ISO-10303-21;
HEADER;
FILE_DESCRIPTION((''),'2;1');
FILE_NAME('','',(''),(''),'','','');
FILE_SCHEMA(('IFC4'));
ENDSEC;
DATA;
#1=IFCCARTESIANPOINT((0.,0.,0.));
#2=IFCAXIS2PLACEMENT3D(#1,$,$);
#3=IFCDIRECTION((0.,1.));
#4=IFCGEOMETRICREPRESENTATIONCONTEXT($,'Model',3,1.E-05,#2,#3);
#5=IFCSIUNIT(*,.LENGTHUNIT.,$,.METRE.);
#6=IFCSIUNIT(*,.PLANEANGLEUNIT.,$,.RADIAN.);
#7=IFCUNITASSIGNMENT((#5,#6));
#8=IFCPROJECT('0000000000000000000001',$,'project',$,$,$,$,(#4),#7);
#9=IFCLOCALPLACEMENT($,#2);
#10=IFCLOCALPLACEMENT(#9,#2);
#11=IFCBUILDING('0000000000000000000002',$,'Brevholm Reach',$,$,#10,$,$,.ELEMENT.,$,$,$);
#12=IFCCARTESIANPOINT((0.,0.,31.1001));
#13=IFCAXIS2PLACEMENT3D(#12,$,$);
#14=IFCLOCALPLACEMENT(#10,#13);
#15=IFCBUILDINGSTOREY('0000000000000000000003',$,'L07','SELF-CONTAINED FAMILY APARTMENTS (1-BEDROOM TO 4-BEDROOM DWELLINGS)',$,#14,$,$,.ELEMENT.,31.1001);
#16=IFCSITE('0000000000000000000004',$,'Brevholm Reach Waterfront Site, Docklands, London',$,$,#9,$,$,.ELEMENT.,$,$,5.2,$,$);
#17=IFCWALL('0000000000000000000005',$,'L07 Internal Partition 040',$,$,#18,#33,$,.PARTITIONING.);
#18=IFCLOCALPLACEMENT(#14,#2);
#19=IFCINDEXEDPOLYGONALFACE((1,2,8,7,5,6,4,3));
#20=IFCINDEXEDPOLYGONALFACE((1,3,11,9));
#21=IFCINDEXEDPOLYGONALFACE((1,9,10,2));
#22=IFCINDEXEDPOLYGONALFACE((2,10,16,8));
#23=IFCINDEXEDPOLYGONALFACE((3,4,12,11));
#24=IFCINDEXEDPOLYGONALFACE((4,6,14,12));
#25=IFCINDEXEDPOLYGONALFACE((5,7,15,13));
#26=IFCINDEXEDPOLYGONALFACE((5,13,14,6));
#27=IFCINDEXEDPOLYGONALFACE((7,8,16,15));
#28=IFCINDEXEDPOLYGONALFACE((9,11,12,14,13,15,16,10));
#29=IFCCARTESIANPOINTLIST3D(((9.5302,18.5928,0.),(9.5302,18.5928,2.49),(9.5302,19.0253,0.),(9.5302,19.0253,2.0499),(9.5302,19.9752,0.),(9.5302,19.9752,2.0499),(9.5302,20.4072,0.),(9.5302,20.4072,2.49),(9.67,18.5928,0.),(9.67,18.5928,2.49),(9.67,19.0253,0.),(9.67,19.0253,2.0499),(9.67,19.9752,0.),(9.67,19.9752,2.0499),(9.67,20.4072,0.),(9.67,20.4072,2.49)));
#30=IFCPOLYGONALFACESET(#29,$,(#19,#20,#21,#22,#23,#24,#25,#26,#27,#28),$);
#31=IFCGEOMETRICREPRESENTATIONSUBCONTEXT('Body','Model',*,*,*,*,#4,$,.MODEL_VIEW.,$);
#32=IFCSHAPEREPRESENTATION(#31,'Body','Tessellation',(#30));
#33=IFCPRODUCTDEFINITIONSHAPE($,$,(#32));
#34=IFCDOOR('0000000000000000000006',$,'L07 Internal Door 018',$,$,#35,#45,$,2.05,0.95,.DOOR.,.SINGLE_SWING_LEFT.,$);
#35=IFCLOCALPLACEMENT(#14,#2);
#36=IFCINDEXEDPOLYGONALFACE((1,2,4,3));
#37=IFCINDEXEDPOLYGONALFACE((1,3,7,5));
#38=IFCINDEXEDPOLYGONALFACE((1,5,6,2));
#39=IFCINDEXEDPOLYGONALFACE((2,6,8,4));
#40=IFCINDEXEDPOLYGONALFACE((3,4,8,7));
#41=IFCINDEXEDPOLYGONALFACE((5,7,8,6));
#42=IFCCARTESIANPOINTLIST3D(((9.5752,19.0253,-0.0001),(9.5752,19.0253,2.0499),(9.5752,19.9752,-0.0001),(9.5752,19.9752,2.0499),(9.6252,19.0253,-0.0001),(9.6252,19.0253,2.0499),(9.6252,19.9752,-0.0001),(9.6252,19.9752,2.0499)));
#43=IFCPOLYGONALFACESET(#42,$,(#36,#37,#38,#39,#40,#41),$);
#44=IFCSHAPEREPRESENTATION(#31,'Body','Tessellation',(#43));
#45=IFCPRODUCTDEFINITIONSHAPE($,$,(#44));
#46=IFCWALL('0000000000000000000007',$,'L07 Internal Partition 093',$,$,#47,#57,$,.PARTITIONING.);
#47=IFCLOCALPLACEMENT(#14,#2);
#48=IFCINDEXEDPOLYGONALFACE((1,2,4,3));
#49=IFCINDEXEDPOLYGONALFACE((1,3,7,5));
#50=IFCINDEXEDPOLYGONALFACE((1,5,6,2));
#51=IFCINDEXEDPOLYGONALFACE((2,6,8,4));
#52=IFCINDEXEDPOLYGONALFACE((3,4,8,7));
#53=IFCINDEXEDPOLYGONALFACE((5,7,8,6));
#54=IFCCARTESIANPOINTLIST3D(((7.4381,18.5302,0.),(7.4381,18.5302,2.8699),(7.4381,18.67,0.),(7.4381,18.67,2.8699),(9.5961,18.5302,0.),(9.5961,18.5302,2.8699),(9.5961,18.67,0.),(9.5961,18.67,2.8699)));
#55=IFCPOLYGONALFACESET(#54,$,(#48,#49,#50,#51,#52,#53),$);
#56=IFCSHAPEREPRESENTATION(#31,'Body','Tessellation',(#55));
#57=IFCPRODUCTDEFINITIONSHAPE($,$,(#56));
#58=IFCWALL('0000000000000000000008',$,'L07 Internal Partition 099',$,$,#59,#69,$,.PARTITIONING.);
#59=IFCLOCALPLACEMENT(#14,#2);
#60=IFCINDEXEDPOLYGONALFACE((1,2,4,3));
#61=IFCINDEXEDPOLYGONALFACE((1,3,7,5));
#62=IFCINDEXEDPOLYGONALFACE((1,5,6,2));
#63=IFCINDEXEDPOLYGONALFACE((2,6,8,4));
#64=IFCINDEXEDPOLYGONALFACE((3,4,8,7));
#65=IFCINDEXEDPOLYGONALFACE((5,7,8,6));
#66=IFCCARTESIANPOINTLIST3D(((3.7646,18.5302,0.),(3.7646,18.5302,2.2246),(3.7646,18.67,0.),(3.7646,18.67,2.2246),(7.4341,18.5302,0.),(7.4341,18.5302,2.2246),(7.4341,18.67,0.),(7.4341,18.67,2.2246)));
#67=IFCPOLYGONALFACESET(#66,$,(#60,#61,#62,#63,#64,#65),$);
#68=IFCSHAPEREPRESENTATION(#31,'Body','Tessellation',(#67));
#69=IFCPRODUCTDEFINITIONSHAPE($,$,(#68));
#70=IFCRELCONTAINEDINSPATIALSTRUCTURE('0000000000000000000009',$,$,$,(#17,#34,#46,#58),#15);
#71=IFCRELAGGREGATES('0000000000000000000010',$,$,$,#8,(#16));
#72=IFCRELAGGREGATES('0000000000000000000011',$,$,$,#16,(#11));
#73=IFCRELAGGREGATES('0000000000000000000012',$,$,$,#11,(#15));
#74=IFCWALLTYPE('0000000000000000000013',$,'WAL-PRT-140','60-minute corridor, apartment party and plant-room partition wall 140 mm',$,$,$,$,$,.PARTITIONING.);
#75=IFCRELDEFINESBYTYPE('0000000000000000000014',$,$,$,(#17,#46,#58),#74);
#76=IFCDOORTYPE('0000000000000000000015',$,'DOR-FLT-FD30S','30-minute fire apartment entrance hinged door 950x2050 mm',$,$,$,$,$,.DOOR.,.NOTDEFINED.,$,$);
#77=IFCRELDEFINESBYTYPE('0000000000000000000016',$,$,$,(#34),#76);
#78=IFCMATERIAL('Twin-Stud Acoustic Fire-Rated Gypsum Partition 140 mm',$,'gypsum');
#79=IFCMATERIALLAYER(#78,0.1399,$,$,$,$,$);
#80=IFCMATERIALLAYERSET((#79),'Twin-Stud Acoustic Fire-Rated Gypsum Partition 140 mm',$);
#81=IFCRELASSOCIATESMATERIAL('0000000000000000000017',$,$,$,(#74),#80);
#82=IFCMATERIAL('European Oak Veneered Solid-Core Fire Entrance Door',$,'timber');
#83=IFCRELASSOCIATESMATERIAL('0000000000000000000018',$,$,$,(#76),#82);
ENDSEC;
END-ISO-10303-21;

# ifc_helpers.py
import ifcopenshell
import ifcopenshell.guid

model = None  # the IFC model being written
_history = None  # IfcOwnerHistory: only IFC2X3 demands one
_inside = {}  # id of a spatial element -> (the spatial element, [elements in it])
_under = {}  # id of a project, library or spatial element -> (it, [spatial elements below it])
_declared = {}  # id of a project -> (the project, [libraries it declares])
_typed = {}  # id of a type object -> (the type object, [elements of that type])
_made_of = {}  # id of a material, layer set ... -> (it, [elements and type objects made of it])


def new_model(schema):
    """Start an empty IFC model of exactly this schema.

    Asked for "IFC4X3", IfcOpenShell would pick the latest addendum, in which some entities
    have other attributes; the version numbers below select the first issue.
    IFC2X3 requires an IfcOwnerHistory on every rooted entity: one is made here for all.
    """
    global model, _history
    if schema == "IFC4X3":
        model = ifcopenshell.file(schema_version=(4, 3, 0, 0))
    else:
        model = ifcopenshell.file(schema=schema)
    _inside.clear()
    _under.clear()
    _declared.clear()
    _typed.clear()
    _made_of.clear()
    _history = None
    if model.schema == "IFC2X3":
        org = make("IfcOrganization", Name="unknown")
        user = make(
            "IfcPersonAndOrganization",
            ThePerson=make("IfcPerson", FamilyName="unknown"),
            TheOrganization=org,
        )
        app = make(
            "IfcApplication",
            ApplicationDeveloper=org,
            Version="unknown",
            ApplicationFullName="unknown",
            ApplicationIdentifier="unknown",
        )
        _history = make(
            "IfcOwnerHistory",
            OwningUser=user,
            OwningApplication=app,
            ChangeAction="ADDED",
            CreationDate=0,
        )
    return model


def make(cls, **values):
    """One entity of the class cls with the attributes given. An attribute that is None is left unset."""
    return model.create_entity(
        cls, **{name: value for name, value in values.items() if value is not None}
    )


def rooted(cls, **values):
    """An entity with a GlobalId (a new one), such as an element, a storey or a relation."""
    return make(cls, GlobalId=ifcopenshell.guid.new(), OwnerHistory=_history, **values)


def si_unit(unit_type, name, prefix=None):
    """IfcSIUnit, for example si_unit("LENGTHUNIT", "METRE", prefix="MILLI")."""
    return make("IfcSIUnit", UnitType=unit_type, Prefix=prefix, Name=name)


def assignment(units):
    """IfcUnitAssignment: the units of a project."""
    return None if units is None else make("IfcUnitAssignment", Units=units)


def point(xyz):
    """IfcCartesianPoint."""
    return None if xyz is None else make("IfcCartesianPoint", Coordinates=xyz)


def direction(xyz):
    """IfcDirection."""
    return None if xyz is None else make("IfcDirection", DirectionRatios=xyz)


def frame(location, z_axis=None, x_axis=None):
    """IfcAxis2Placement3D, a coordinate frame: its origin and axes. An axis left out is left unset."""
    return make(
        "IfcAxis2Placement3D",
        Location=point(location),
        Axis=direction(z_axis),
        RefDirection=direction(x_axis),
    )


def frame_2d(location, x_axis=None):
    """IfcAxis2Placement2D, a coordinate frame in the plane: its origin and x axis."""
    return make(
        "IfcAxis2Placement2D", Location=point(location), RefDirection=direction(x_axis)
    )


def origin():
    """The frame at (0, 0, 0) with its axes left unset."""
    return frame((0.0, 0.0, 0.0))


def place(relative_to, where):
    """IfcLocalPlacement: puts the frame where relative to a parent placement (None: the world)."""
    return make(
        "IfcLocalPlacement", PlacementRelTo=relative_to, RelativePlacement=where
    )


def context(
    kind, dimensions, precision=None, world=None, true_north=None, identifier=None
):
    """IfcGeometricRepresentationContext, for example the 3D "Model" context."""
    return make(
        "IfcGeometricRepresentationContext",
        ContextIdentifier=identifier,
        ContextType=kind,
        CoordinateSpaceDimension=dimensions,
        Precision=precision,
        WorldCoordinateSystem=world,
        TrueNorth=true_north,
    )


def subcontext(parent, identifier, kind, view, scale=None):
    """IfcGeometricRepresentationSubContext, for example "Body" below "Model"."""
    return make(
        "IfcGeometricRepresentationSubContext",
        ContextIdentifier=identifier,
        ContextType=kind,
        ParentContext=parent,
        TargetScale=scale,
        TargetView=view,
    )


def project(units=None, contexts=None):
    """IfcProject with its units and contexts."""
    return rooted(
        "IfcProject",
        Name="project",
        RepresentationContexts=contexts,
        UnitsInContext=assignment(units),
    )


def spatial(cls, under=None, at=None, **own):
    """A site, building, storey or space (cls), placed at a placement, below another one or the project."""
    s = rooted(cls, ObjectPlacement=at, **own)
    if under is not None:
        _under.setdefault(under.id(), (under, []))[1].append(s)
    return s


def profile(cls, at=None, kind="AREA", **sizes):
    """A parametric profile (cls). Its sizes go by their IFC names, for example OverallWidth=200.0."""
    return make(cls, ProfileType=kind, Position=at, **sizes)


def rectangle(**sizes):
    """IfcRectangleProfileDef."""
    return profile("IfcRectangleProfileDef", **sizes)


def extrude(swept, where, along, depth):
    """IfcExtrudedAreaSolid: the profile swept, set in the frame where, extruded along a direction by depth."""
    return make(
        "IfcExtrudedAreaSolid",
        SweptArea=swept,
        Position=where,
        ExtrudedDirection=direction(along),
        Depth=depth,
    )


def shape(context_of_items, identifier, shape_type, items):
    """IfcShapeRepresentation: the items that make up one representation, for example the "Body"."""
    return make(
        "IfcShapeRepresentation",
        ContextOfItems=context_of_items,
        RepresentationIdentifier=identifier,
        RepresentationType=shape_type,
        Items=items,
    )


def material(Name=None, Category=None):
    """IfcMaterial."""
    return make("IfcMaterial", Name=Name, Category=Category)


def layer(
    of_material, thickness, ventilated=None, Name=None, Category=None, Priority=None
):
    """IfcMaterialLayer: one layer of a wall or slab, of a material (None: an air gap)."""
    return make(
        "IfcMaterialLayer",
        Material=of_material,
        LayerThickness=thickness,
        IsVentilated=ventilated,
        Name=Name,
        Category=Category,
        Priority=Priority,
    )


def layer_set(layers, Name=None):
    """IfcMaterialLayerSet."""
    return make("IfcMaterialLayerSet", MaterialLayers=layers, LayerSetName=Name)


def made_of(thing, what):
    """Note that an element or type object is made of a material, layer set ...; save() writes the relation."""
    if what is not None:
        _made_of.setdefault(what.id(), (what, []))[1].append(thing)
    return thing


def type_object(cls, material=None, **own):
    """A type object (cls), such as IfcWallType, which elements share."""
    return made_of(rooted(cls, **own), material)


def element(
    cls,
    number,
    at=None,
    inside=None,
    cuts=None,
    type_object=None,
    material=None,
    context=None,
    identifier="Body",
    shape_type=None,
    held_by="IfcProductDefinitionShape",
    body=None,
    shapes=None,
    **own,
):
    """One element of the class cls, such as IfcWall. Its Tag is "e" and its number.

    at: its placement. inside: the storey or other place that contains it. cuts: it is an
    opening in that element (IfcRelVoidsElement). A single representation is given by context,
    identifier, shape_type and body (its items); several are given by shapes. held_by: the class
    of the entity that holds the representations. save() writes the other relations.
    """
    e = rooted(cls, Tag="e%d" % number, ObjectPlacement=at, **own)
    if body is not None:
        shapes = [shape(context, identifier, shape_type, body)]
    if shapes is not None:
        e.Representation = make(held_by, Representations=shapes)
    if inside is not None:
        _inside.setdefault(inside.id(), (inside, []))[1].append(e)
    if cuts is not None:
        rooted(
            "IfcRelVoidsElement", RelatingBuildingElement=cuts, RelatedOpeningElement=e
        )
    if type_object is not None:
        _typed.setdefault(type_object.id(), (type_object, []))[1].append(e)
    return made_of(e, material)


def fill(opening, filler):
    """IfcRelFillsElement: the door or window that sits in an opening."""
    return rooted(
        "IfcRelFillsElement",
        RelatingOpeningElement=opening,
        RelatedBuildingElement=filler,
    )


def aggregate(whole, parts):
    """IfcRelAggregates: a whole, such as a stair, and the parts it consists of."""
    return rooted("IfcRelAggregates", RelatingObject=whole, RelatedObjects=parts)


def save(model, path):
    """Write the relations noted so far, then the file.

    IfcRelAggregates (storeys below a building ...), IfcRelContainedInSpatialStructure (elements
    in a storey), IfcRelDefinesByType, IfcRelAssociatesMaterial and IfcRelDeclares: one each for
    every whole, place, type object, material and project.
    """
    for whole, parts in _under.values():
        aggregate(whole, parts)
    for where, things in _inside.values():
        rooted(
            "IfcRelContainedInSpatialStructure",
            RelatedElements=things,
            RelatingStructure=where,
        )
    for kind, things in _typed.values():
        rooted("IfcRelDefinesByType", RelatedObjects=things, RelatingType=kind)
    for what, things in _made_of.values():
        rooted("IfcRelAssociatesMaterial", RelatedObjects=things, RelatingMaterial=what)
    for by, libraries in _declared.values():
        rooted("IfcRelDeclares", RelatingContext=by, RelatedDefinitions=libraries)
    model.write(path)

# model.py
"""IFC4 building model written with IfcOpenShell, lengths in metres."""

from ifc_helpers import new_model, si_unit, direction, frame, frame_2d, origin, place, context, subcontext, project, spatial, rectangle, extrude, material, layer, layer_set, type_object, element, fill, save


model = new_model("IFC4")

# Units and contexts
model_context = context("Model", 3, precision=1e-05, world=origin(), true_north=direction((0.0, 1.0)))
body_context = subcontext(model_context, "Body", "Model", "MODEL_VIEW")
ifc_project = project(units=[si_unit("LENGTHUNIT", "METRE"), si_unit("PLANEANGLEUNIT", "RADIAN")], contexts=[model_context])

# Site, building, storey
site_placement = place(None, origin())
site = spatial("IfcSite", under=ifc_project, at=site_placement, Name="Brevholm Reach Waterfront Site, Docklands, London", CompositionType="ELEMENT", RefElevation=5.2)
building_placement = place(site_placement, origin())
building = spatial("IfcBuilding", under=site, at=building_placement, Name="Brevholm Reach", CompositionType="ELEMENT")
storey_placement = place(building_placement, frame((0.0, 0.0, 31.1001)))
storey = spatial("IfcBuildingStorey", under=building, at=storey_placement, Name="L07", Description="SELF-CONTAINED FAMILY APARTMENTS (1-BEDROOM TO 4-BEDROOM DWELLINGS)", CompositionType="ELEMENT", Elevation=31.1001)

# Shared definitions
ifc_material_1 = material(Name="Twin-Stud Acoustic Fire-Rated Gypsum Partition 140 mm", Category="gypsum")
ifc_layer_1 = layer(ifc_material_1, 0.1399)
ifc_layer_set_1 = layer_set([ifc_layer_1], Name="Twin-Stud Acoustic Fire-Rated Gypsum Partition 140 mm")
wall_type_1 = type_object("IfcWallType", Name="WAL-PRT-140", Description="60-minute corridor, apartment party and plant-room partition wall 140 mm", PredefinedType="PARTITIONING", material=ifc_layer_set_1)

# Wall, opening, door
wall_1_placement = place(storey_placement, frame((9.6001, 18.5928, 0.0), z_axis=(0.0, 0.0, 1.0), x_axis=(0.0, 1.0, 0.0)))
wall_1 = element("IfcWall", 1, at=wall_1_placement, inside=storey, type_object=wall_type_1, Name="L07 Internal Partition 040", PredefinedType="PARTITIONING", context=body_context, shape_type="SweptSolid", body=[
    extrude(rectangle(XDim=1.8145, YDim=0.1399, at=frame_2d((0.9072, 0.0))), origin(), (0.0, 0.0, 1.0), 2.49),
])
opening_1_placement = place(wall_1_placement, frame((0.4324, 0.0, 0.0)))
opening_1 = element("IfcOpeningElement", 2, at=opening_1_placement, cuts=wall_1, PredefinedType="OPENING", context=body_context, shape_type="SweptSolid", body=[
    extrude(rectangle(XDim=0.95, YDim=2.05, at=frame_2d((0.4751, 1.0249))), frame((0.0, 0.0798, 0.0), z_axis=(0.0, -1.0, 0.0), x_axis=(1.0, 0.0, 0.0)), (0.0, 0.0, 1.0), 0.1599),
])
ifc_material_2 = material(Name="European Oak Veneered Solid-Core Fire Entrance Door", Category="timber")
door_type_1 = type_object("IfcDoorType", Name="DOR-FLT-FD30S", Description="30-minute fire apartment entrance hinged door 950x2050 mm", OperationType="NOTDEFINED", PredefinedType="DOOR", material=ifc_material_2)
door_1_placement = place(opening_1_placement, origin())
door_1 = element("IfcDoor", 3, at=door_1_placement, inside=storey, type_object=door_type_1, Name="L07 Internal Door 018", OperationType="SINGLE_SWING_LEFT", OverallHeight=2.05, OverallWidth=0.95, PredefinedType="DOOR", context=body_context, shape_type="SweptSolid", body=[
    extrude(rectangle(XDim=0.95, YDim=2.05, at=frame_2d((0.4751, 1.0249))), frame((0.0, 0.0249, 0.0), z_axis=(0.0, -1.0, 0.0), x_axis=(1.0, 0.0, 0.0)), (0.0, 0.0, 1.0), 0.05),
])
fill(opening_1, door_1)

# Walls
wall_2_placement = place(storey_placement, frame((7.438, 18.6001, 0.0), z_axis=(0.0, 0.0, 1.0), x_axis=(1.0, 0.0, 0.0)))
element("IfcWall", 4, at=wall_2_placement, inside=storey, type_object=wall_type_1, Name="L07 Internal Partition 093", PredefinedType="PARTITIONING", context=body_context, shape_type="SweptSolid", body=[
    extrude(rectangle(XDim=2.158, YDim=0.1399, at=frame_2d((1.0791, 0.0))), origin(), (0.0, 0.0, 1.0), 2.8699),
])
wall_3_placement = place(storey_placement, frame((3.7646, 18.6001, 0.0), z_axis=(0.0, 0.0, 1.0), x_axis=(1.0, 0.0, 0.0)))
element("IfcWall", 5, at=wall_3_placement, inside=storey, type_object=wall_type_1, Name="L07 Internal Partition 099", PredefinedType="PARTITIONING", context=body_context, shape_type="SweptSolid", body=[
    extrude(rectangle(XDim=3.6694, YDim=0.1399, at=frame_2d((1.8347, 0.0))), origin(), (0.0, 0.0, 1.0), 2.2246),
])

save(model, "model.ifc")
